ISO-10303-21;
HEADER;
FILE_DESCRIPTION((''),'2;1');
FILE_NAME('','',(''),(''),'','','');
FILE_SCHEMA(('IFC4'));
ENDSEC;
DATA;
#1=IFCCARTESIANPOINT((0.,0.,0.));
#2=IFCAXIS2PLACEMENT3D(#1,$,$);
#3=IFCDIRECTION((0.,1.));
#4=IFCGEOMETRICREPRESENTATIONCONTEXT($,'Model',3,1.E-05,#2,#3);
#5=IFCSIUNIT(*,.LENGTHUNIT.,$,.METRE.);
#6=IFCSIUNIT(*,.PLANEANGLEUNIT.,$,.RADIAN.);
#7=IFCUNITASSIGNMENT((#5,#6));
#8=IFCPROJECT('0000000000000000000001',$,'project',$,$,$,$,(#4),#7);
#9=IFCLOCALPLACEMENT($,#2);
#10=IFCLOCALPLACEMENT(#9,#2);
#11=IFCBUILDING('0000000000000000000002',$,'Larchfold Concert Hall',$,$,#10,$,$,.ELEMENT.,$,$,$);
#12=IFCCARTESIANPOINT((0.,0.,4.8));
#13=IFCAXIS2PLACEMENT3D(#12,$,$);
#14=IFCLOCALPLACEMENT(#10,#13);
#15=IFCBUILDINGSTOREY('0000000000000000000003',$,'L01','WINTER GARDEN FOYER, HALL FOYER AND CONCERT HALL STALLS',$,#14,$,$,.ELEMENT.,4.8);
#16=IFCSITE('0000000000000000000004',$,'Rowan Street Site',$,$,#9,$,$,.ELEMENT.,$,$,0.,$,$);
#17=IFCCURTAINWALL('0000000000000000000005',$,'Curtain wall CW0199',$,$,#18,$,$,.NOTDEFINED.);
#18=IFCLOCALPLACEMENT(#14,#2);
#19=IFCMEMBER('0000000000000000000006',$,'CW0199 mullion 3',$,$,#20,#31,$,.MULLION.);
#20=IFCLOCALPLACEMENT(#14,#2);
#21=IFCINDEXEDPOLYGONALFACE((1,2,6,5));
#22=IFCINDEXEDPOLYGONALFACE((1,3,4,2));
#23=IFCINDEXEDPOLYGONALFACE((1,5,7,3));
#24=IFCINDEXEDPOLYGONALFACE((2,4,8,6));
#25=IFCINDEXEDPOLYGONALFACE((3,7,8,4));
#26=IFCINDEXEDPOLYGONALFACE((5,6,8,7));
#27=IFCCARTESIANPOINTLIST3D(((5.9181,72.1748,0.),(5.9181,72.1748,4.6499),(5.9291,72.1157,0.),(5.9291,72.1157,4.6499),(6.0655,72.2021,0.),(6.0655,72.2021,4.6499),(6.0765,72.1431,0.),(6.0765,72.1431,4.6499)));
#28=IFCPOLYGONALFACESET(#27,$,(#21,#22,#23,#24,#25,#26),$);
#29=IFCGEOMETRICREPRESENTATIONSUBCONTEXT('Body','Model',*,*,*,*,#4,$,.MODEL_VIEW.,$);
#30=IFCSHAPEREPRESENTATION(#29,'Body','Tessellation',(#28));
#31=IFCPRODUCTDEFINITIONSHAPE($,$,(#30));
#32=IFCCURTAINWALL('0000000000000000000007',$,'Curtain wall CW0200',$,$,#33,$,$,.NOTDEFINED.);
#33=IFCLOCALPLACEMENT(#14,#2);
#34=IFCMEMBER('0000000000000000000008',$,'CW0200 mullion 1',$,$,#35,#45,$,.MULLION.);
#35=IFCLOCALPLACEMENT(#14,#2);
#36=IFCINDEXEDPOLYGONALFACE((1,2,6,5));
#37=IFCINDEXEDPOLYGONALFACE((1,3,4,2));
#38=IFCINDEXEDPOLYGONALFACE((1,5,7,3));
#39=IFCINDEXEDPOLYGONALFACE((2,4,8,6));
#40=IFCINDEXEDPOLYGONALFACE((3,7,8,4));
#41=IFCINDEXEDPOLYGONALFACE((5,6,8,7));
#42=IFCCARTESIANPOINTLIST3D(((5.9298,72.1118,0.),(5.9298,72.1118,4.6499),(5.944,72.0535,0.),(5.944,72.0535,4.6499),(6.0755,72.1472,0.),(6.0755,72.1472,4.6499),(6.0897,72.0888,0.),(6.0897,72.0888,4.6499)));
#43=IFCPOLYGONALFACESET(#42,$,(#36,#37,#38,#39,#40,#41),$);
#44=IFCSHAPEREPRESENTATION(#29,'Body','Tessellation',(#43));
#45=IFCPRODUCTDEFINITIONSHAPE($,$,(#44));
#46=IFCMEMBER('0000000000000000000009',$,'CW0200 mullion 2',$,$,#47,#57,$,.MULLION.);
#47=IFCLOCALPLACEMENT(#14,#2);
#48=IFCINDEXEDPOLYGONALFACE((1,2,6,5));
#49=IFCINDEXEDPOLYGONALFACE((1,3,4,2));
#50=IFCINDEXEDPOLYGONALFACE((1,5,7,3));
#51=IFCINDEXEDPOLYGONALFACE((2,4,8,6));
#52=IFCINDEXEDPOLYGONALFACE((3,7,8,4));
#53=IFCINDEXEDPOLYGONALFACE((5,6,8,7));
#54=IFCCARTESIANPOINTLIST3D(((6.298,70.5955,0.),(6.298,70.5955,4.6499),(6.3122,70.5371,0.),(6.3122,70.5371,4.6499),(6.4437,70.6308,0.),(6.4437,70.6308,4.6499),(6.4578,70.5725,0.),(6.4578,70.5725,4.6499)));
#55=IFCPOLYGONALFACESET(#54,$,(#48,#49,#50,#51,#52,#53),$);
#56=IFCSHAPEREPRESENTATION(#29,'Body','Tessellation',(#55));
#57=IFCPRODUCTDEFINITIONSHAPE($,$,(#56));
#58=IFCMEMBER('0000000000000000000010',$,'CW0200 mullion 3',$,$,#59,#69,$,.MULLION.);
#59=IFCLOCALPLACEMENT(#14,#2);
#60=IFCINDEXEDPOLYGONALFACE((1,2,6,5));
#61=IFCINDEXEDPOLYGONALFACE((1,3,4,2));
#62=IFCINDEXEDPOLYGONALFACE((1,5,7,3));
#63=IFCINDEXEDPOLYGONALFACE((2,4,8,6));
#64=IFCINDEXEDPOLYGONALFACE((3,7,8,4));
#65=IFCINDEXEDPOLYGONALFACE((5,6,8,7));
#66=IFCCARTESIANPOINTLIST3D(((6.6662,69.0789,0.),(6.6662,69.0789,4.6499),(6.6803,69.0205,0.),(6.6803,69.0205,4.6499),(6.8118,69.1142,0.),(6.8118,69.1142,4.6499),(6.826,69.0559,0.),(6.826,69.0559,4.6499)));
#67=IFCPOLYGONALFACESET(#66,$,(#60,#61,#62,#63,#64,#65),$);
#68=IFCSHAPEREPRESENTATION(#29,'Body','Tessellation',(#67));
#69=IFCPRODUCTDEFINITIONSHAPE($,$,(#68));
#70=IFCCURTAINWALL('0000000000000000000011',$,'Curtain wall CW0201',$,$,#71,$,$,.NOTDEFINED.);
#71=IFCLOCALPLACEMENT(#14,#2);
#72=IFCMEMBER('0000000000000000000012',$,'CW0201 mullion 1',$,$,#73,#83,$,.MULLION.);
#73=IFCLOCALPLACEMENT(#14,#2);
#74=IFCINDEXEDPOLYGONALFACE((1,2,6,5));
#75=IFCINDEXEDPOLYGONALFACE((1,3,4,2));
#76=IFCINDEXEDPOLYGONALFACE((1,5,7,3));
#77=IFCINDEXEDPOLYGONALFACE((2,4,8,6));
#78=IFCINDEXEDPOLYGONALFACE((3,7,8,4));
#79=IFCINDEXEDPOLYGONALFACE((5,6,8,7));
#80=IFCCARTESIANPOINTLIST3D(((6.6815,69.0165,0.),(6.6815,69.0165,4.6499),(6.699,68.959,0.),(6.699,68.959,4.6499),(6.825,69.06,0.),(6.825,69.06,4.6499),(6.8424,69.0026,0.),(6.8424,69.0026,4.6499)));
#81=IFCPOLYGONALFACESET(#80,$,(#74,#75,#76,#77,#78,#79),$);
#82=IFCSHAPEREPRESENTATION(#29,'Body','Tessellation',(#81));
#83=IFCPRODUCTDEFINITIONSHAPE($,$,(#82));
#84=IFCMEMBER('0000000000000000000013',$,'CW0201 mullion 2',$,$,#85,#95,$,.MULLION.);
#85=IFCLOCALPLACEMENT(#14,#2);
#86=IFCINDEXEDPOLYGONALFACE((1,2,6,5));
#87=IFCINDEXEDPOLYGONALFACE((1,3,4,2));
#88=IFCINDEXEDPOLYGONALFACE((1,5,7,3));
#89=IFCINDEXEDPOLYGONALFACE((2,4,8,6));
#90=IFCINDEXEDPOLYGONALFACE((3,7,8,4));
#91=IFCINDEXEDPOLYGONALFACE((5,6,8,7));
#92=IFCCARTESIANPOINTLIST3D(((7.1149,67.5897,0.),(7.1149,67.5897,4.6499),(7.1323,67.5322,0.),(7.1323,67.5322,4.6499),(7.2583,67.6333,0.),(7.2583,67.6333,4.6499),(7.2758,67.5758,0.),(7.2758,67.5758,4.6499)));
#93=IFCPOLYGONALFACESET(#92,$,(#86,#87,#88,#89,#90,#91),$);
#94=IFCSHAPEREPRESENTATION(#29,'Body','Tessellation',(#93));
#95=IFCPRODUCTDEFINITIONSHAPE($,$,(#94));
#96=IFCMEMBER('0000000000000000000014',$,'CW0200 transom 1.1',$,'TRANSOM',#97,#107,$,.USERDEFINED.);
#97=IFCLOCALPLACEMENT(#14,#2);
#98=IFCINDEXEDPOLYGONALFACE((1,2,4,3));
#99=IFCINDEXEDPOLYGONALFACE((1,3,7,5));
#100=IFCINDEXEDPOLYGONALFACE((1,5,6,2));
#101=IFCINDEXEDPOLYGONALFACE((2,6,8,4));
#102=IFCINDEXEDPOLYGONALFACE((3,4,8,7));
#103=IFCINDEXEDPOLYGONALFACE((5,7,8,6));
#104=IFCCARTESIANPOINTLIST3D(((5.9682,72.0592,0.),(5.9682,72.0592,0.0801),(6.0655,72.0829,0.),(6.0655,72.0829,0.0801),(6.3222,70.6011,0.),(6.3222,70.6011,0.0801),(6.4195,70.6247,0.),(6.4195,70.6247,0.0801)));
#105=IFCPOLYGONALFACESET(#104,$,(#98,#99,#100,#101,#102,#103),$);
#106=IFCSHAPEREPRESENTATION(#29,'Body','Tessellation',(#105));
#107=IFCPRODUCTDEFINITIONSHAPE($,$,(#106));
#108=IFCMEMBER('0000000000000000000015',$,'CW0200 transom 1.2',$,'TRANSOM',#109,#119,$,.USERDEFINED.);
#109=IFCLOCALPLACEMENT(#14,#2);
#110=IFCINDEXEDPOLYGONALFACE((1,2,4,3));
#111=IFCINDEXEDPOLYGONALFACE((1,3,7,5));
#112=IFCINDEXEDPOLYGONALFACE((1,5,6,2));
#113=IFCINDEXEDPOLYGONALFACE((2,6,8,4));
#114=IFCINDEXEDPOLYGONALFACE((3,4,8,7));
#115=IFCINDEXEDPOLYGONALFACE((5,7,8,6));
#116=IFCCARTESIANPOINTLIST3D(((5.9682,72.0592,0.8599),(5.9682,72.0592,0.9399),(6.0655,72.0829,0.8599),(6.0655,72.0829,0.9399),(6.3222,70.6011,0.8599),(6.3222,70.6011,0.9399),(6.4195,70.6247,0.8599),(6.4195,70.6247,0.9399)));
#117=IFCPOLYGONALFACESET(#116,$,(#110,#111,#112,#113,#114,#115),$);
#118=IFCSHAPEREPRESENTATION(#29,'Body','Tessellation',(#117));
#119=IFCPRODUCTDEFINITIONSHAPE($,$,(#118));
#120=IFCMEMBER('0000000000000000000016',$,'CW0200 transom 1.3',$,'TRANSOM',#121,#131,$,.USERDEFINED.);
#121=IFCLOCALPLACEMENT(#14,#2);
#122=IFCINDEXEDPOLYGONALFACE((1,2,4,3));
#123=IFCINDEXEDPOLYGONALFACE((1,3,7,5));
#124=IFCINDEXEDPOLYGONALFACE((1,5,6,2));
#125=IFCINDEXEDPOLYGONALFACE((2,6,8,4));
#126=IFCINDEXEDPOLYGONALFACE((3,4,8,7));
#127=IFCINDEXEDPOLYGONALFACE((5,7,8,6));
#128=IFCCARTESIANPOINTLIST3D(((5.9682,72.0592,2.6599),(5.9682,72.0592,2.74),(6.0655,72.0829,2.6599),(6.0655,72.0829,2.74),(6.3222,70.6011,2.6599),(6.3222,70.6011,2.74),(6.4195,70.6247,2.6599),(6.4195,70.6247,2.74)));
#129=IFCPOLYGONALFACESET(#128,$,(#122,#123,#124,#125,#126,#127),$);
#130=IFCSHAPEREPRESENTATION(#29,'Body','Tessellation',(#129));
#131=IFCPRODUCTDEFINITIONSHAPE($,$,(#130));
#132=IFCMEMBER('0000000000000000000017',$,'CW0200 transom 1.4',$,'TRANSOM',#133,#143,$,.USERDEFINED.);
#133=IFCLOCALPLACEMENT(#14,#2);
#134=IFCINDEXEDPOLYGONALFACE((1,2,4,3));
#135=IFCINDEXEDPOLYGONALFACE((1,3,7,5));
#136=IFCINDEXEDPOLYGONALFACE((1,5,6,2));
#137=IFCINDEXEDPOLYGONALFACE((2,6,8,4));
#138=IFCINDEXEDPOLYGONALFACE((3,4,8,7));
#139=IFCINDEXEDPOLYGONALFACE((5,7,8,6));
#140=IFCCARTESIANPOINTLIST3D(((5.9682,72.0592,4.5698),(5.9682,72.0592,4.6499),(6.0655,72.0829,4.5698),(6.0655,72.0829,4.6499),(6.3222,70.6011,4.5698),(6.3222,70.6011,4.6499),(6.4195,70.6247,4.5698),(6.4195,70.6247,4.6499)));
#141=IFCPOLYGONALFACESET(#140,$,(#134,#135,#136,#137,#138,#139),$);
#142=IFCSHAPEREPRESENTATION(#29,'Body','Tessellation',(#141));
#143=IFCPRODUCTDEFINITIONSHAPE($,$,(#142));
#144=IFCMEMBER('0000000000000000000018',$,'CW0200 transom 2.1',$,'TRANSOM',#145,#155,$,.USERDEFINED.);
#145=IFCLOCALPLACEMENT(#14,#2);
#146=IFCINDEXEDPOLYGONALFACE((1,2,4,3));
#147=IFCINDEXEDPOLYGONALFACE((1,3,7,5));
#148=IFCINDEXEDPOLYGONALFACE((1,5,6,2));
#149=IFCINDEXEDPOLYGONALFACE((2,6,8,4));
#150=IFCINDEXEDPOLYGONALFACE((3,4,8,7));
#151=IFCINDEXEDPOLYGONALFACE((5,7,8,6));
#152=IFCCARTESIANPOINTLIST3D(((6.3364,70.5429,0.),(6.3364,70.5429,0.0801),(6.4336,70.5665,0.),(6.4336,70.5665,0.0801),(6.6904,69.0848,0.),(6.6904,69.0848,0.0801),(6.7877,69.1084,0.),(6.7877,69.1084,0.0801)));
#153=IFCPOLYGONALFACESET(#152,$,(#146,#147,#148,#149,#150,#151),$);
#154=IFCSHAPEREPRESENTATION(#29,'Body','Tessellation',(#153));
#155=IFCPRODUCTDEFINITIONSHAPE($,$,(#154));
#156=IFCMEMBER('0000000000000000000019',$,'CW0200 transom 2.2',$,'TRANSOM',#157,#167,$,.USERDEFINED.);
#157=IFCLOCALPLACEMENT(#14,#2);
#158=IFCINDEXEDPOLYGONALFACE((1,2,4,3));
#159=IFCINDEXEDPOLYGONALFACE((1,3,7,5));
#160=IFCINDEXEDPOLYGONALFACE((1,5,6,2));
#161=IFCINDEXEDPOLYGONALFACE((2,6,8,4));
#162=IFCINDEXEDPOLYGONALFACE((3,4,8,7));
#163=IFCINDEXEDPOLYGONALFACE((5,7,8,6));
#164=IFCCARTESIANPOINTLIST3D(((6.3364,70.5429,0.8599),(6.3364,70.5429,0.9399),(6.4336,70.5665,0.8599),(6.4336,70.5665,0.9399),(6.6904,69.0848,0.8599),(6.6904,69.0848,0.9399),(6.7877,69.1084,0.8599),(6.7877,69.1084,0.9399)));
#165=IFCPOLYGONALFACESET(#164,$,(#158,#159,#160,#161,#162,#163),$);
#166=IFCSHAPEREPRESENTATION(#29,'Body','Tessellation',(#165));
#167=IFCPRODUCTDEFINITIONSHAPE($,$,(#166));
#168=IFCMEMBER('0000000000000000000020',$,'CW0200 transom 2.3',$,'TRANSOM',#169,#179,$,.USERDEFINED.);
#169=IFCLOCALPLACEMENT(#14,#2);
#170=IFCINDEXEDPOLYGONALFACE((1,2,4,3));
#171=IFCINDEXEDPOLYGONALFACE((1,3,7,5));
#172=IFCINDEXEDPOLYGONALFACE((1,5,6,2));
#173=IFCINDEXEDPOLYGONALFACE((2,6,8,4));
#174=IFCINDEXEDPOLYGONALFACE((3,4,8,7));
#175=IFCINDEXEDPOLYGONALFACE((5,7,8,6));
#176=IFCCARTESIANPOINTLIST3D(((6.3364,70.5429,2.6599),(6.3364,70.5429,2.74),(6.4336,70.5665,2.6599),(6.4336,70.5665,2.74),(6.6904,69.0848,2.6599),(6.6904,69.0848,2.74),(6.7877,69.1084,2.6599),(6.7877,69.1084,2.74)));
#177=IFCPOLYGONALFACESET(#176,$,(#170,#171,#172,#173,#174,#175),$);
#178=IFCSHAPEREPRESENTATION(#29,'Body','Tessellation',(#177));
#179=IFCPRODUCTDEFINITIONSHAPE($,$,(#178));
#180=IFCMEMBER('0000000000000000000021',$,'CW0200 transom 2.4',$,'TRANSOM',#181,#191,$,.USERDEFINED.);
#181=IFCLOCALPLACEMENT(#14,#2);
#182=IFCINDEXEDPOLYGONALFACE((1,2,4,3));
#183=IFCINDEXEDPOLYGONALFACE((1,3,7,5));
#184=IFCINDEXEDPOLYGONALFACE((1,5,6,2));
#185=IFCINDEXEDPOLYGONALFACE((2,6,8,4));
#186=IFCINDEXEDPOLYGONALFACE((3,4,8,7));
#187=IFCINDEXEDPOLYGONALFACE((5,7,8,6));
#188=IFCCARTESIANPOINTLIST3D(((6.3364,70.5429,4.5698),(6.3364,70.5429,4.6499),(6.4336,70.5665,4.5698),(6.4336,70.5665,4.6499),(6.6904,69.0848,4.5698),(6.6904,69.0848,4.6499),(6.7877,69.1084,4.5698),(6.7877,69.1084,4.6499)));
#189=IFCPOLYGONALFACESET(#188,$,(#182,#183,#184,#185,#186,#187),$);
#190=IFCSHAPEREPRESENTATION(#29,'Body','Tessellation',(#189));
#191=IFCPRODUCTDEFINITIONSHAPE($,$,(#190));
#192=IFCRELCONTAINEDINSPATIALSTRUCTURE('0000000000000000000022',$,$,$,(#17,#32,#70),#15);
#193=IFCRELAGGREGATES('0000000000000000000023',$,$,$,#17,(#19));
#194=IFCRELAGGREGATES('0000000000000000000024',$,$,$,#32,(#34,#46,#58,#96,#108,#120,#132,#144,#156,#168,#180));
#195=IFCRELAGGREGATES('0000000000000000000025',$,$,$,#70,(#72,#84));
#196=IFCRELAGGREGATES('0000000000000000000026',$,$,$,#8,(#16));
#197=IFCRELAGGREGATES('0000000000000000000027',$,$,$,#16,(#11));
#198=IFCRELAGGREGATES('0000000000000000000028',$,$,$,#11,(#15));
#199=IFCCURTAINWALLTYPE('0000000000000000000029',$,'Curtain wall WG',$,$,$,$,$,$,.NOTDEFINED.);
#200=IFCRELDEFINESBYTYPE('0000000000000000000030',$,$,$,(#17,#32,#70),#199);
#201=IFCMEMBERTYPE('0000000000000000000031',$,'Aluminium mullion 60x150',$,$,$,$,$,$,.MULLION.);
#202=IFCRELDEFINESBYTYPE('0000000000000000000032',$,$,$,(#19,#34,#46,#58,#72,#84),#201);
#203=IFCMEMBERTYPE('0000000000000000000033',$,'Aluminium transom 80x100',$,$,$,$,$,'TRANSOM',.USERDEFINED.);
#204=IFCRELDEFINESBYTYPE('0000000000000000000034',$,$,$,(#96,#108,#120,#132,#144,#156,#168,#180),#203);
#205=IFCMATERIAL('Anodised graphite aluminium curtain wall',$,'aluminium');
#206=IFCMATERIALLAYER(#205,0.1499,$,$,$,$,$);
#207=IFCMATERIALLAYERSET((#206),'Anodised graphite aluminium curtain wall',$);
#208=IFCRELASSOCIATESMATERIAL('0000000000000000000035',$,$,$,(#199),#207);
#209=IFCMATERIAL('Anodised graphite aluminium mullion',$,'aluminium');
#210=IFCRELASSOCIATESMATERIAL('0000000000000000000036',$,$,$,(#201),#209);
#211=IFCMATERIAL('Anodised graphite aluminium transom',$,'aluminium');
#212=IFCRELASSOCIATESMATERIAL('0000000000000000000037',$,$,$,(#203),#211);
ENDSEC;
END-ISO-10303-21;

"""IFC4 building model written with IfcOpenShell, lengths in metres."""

from ifc_helpers import new_model, si_unit, direction, frame, origin, origin_2d, place, context, subcontext, project, spatial, rectangle, extrude, material, layer, layer_set, material_profile, profile_set, type_object, element, aggregate, save


model = new_model("IFC4")

# Units and contexts
model_context = context("Model", 3, precision=1e-05, world=origin(), true_north=direction((0.0, 1.0)))
body_context = subcontext(model_context, "Body", "Model", "MODEL_VIEW")
ifc_project = project(units=[si_unit("LENGTHUNIT", "METRE"), si_unit("PLANEANGLEUNIT", "RADIAN")], contexts=[model_context])

# Site, building, storey
site_placement = place(None, origin())
site = spatial("IfcSite", under=ifc_project, at=site_placement, Name="Rowan Street Site", CompositionType="ELEMENT", RefElevation=0.0)
building_placement = place(site_placement, origin())
building = spatial("IfcBuilding", under=site, at=building_placement, Name="Larchfold Concert Hall", CompositionType="ELEMENT")
storey_placement = place(building_placement, frame((0.0, 0.0, 4.8)))
storey = spatial("IfcBuildingStorey", under=building, at=storey_placement, Name="L01", Description="WINTER GARDEN FOYER, HALL FOYER AND CONCERT HALL STALLS", CompositionType="ELEMENT", Elevation=4.8)

# Curtain wall, member
ifc_material_1 = material(Name="Anodised graphite aluminium curtain wall", Category="aluminium")
ifc_layer_1 = layer(ifc_material_1, 0.1499)
ifc_layer_set_1 = layer_set([ifc_layer_1], Name="Anodised graphite aluminium curtain wall")
curtain_wall_type = type_object("IfcCurtainWallType", Name="Curtain wall WG", PredefinedType="NOTDEFINED", material=ifc_layer_set_1)
curtain_wall_1_placement = place(storey_placement, origin())
curtain_wall_1 = element("IfcCurtainWall", 1, at=curtain_wall_1_placement, inside=storey, type_object=curtain_wall_type, Name="Curtain wall CW0199", PredefinedType="NOTDEFINED")
ifc_material_2 = material(Name="Anodised graphite aluminium mullion", Category="aluminium")
ifc_material_profile_1 = material_profile(ifc_material_2, rectangle(XDim=0.1499, YDim=0.0601, at=origin_2d()))
ifc_profile_set_1 = profile_set([ifc_material_profile_1], Name="Anodised graphite aluminium mullion")
member_type_1 = type_object("IfcMemberType", Name="Aluminium mullion 60x150", PredefinedType="MULLION", material=ifc_profile_set_1)
member_1_placement = place(storey_placement, frame((5.9973, 72.1589, 0.0), z_axis=(0.0, 0.0, 1.0), x_axis=(0.983231, 0.182367, 0.0)))
member_1 = element("IfcMember", 2, at=member_1_placement, type_object=member_type_1, Name="CW0199 mullion 3", PredefinedType="MULLION", context=body_context, shape_type="SweptSolid", body=[
    extrude(rectangle(XDim=0.1499, YDim=0.0601, at=origin_2d()), origin(), (0.0, 0.0, 1.0), 4.6499),
])

# Curtain walls, members
curtain_wall_2_placement = place(storey_placement, origin())
curtain_wall_2 = element("IfcCurtainWall", 3, at=curtain_wall_2_placement, inside=storey, type_object=curtain_wall_type, Name="Curtain wall CW0200", PredefinedType="NOTDEFINED")
member_2_placement = place(storey_placement, frame((6.0098, 72.1003, 0.0), z_axis=(0.0, 0.0, 1.0), x_axis=(0.971768, 0.235938, 0.0)))
member_2 = element("IfcMember", 4, at=member_2_placement, type_object=member_type_1, Name="CW0200 mullion 1", PredefinedType="MULLION", context=body_context, shape_type="SweptSolid", body=[
    extrude(rectangle(XDim=0.1499, YDim=0.0601, at=origin_2d()), origin(), (0.0, 0.0, 1.0), 4.6499),
])
member_3_placement = place(storey_placement, frame((6.3779, 70.584, 0.0), z_axis=(0.0, 0.0, 1.0), x_axis=(0.971768, 0.235938, 0.0)))
member_3 = element("IfcMember", 5, at=member_3_placement, type_object=member_type_1, Name="CW0200 mullion 2", PredefinedType="MULLION", context=body_context, shape_type="SweptSolid", body=[
    extrude(rectangle(XDim=0.1499, YDim=0.0601, at=origin_2d()), origin(), (0.0, 0.0, 1.0), 4.6499),
])
member_4_placement = place(storey_placement, frame((6.7461, 69.0674, 0.0), z_axis=(0.0, 0.0, 1.0), x_axis=(0.971768, 0.235938, 0.0)))
member_4 = element("IfcMember", 6, at=member_4_placement, type_object=member_type_1, Name="CW0200 mullion 3", PredefinedType="MULLION", context=body_context, shape_type="SweptSolid", body=[
    extrude(rectangle(XDim=0.1499, YDim=0.0601, at=origin_2d()), origin(), (0.0, 0.0, 1.0), 4.6499),
])
curtain_wall_3_placement = place(storey_placement, origin())
curtain_wall_3 = element("IfcCurtainWall", 7, at=curtain_wall_3_placement, inside=storey, type_object=curtain_wall_type, Name="Curtain wall CW0201", PredefinedType="NOTDEFINED")
member_5_placement = place(storey_placement, frame((6.762, 69.0095, 0.0), z_axis=(0.0, 0.0, 1.0), x_axis=(0.956838, 0.290622, 0.0)))
member_5 = element("IfcMember", 8, at=member_5_placement, type_object=member_type_1, Name="CW0201 mullion 1", PredefinedType="MULLION", context=body_context, shape_type="SweptSolid", body=[
    extrude(rectangle(XDim=0.1499, YDim=0.0601, at=origin_2d()), origin(), (0.0, 0.0, 1.0), 4.6499),
])
member_6_placement = place(storey_placement, frame((7.1953, 67.5828, 0.0), z_axis=(0.0, 0.0, 1.0), x_axis=(0.956838, 0.290622, 0.0)))
member_6 = element("IfcMember", 9, at=member_6_placement, type_object=member_type_1, Name="CW0201 mullion 2", PredefinedType="MULLION", context=body_context, shape_type="SweptSolid", body=[
    extrude(rectangle(XDim=0.1499, YDim=0.0601, at=origin_2d()), origin(), (0.0, 0.0, 1.0), 4.6499),
])

# Members
ifc_material_3 = material(Name="Anodised graphite aluminium transom", Category="aluminium")
ifc_material_profile_2 = material_profile(ifc_material_3, rectangle(XDim=0.1001, YDim=0.0801, at=origin_2d()))
ifc_profile_set_2 = profile_set([ifc_material_profile_2], Name="Anodised graphite aluminium transom")
member_type_2 = type_object("IfcMemberType", Name="Aluminium transom 80x100", ElementType="TRANSOM", PredefinedType="USERDEFINED", material=ifc_profile_set_2)
member_7_placement = place(storey_placement, frame((6.0168, 72.071, 0.04), z_axis=(0.235945, -0.971766, 0.0), x_axis=(0.971766, 0.235945, 0.0)))
member_7 = element("IfcMember", 10, at=member_7_placement, type_object=member_type_2, Name="CW0200 transom 1.1", ObjectType="TRANSOM", PredefinedType="USERDEFINED", context=body_context, shape_type="SweptSolid", body=[
    extrude(rectangle(XDim=0.1001, YDim=0.0801, at=origin_2d()), origin(), (0.0, 0.0, 1.0), 1.5005),
])
member_8_placement = place(storey_placement, frame((6.0168, 72.071, 0.8999), z_axis=(0.235945, -0.971766, 0.0), x_axis=(0.971766, 0.235945, 0.0)))
member_8 = element("IfcMember", 11, at=member_8_placement, type_object=member_type_2, Name="CW0200 transom 1.2", ObjectType="TRANSOM", PredefinedType="USERDEFINED", context=body_context, shape_type="SweptSolid", body=[
    extrude(rectangle(XDim=0.1001, YDim=0.0801, at=origin_2d()), origin(), (0.0, 0.0, 1.0), 1.5005),
])
member_9_placement = place(storey_placement, frame((6.0168, 72.071, 2.7), z_axis=(0.235945, -0.971766, 0.0), x_axis=(0.971766, 0.235945, 0.0)))
member_9 = element("IfcMember", 12, at=member_9_placement, type_object=member_type_2, Name="CW0200 transom 1.3", ObjectType="TRANSOM", PredefinedType="USERDEFINED", context=body_context, shape_type="SweptSolid", body=[
    extrude(rectangle(XDim=0.1001, YDim=0.0801, at=origin_2d()), origin(), (0.0, 0.0, 1.0), 1.5005),
])
member_10_placement = place(storey_placement, frame((6.0168, 72.071, 4.6099), z_axis=(0.235945, -0.971766, 0.0), x_axis=(0.971766, 0.235945, 0.0)))
member_10 = element("IfcMember", 13, at=member_10_placement, type_object=member_type_2, Name="CW0200 transom 1.4", ObjectType="TRANSOM", PredefinedType="USERDEFINED", context=body_context, shape_type="SweptSolid", body=[
    extrude(rectangle(XDim=0.1001, YDim=0.0801, at=origin_2d()), origin(), (0.0, 0.0, 1.0), 1.5005),
])
member_11_placement = place(storey_placement, frame((6.385, 70.5547, 0.04), z_axis=(0.235945, -0.971766, 0.0), x_axis=(0.971766, 0.235945, 0.0)))
member_11 = element("IfcMember", 14, at=member_11_placement, type_object=member_type_2, Name="CW0200 transom 2.1", ObjectType="TRANSOM", PredefinedType="USERDEFINED", context=body_context, shape_type="SweptSolid", body=[
    extrude(rectangle(XDim=0.1001, YDim=0.0801, at=origin_2d()), origin(), (0.0, 0.0, 1.0), 1.5005),
])
member_12_placement = place(storey_placement, frame((6.385, 70.5547, 0.8999), z_axis=(0.235945, -0.971766, 0.0), x_axis=(0.971766, 0.235945, 0.0)))
member_12 = element("IfcMember", 15, at=member_12_placement, type_object=member_type_2, Name="CW0200 transom 2.2", ObjectType="TRANSOM", PredefinedType="USERDEFINED", context=body_context, shape_type="SweptSolid", body=[
    extrude(rectangle(XDim=0.1001, YDim=0.0801, at=origin_2d()), origin(), (0.0, 0.0, 1.0), 1.5005),
])
member_13_placement = place(storey_placement, frame((6.385, 70.5547, 2.7), z_axis=(0.235945, -0.971766, 0.0), x_axis=(0.971766, 0.235945, 0.0)))
member_13 = element("IfcMember", 16, at=member_13_placement, type_object=member_type_2, Name="CW0200 transom 2.3", ObjectType="TRANSOM", PredefinedType="USERDEFINED", context=body_context, shape_type="SweptSolid", body=[
    extrude(rectangle(XDim=0.1001, YDim=0.0801, at=origin_2d()), origin(), (0.0, 0.0, 1.0), 1.5005),
])
member_14_placement = place(storey_placement, frame((6.385, 70.5547, 4.6099), z_axis=(0.235945, -0.971766, 0.0), x_axis=(0.971766, 0.235945, 0.0)))
member_14 = element("IfcMember", 17, at=member_14_placement, type_object=member_type_2, Name="CW0200 transom 2.4", ObjectType="TRANSOM", PredefinedType="USERDEFINED", context=body_context, shape_type="SweptSolid", body=[
    extrude(rectangle(XDim=0.1001, YDim=0.0801, at=origin_2d()), origin(), (0.0, 0.0, 1.0), 1.5005),
])

aggregate(curtain_wall_1, [member_1])
aggregate(curtain_wall_2, [member_2, member_3, member_4, member_7, member_8, member_9, member_10, member_11, member_12, member_13, member_14])
aggregate(curtain_wall_3, [member_5, member_6])

save(model, "model.ifc")
